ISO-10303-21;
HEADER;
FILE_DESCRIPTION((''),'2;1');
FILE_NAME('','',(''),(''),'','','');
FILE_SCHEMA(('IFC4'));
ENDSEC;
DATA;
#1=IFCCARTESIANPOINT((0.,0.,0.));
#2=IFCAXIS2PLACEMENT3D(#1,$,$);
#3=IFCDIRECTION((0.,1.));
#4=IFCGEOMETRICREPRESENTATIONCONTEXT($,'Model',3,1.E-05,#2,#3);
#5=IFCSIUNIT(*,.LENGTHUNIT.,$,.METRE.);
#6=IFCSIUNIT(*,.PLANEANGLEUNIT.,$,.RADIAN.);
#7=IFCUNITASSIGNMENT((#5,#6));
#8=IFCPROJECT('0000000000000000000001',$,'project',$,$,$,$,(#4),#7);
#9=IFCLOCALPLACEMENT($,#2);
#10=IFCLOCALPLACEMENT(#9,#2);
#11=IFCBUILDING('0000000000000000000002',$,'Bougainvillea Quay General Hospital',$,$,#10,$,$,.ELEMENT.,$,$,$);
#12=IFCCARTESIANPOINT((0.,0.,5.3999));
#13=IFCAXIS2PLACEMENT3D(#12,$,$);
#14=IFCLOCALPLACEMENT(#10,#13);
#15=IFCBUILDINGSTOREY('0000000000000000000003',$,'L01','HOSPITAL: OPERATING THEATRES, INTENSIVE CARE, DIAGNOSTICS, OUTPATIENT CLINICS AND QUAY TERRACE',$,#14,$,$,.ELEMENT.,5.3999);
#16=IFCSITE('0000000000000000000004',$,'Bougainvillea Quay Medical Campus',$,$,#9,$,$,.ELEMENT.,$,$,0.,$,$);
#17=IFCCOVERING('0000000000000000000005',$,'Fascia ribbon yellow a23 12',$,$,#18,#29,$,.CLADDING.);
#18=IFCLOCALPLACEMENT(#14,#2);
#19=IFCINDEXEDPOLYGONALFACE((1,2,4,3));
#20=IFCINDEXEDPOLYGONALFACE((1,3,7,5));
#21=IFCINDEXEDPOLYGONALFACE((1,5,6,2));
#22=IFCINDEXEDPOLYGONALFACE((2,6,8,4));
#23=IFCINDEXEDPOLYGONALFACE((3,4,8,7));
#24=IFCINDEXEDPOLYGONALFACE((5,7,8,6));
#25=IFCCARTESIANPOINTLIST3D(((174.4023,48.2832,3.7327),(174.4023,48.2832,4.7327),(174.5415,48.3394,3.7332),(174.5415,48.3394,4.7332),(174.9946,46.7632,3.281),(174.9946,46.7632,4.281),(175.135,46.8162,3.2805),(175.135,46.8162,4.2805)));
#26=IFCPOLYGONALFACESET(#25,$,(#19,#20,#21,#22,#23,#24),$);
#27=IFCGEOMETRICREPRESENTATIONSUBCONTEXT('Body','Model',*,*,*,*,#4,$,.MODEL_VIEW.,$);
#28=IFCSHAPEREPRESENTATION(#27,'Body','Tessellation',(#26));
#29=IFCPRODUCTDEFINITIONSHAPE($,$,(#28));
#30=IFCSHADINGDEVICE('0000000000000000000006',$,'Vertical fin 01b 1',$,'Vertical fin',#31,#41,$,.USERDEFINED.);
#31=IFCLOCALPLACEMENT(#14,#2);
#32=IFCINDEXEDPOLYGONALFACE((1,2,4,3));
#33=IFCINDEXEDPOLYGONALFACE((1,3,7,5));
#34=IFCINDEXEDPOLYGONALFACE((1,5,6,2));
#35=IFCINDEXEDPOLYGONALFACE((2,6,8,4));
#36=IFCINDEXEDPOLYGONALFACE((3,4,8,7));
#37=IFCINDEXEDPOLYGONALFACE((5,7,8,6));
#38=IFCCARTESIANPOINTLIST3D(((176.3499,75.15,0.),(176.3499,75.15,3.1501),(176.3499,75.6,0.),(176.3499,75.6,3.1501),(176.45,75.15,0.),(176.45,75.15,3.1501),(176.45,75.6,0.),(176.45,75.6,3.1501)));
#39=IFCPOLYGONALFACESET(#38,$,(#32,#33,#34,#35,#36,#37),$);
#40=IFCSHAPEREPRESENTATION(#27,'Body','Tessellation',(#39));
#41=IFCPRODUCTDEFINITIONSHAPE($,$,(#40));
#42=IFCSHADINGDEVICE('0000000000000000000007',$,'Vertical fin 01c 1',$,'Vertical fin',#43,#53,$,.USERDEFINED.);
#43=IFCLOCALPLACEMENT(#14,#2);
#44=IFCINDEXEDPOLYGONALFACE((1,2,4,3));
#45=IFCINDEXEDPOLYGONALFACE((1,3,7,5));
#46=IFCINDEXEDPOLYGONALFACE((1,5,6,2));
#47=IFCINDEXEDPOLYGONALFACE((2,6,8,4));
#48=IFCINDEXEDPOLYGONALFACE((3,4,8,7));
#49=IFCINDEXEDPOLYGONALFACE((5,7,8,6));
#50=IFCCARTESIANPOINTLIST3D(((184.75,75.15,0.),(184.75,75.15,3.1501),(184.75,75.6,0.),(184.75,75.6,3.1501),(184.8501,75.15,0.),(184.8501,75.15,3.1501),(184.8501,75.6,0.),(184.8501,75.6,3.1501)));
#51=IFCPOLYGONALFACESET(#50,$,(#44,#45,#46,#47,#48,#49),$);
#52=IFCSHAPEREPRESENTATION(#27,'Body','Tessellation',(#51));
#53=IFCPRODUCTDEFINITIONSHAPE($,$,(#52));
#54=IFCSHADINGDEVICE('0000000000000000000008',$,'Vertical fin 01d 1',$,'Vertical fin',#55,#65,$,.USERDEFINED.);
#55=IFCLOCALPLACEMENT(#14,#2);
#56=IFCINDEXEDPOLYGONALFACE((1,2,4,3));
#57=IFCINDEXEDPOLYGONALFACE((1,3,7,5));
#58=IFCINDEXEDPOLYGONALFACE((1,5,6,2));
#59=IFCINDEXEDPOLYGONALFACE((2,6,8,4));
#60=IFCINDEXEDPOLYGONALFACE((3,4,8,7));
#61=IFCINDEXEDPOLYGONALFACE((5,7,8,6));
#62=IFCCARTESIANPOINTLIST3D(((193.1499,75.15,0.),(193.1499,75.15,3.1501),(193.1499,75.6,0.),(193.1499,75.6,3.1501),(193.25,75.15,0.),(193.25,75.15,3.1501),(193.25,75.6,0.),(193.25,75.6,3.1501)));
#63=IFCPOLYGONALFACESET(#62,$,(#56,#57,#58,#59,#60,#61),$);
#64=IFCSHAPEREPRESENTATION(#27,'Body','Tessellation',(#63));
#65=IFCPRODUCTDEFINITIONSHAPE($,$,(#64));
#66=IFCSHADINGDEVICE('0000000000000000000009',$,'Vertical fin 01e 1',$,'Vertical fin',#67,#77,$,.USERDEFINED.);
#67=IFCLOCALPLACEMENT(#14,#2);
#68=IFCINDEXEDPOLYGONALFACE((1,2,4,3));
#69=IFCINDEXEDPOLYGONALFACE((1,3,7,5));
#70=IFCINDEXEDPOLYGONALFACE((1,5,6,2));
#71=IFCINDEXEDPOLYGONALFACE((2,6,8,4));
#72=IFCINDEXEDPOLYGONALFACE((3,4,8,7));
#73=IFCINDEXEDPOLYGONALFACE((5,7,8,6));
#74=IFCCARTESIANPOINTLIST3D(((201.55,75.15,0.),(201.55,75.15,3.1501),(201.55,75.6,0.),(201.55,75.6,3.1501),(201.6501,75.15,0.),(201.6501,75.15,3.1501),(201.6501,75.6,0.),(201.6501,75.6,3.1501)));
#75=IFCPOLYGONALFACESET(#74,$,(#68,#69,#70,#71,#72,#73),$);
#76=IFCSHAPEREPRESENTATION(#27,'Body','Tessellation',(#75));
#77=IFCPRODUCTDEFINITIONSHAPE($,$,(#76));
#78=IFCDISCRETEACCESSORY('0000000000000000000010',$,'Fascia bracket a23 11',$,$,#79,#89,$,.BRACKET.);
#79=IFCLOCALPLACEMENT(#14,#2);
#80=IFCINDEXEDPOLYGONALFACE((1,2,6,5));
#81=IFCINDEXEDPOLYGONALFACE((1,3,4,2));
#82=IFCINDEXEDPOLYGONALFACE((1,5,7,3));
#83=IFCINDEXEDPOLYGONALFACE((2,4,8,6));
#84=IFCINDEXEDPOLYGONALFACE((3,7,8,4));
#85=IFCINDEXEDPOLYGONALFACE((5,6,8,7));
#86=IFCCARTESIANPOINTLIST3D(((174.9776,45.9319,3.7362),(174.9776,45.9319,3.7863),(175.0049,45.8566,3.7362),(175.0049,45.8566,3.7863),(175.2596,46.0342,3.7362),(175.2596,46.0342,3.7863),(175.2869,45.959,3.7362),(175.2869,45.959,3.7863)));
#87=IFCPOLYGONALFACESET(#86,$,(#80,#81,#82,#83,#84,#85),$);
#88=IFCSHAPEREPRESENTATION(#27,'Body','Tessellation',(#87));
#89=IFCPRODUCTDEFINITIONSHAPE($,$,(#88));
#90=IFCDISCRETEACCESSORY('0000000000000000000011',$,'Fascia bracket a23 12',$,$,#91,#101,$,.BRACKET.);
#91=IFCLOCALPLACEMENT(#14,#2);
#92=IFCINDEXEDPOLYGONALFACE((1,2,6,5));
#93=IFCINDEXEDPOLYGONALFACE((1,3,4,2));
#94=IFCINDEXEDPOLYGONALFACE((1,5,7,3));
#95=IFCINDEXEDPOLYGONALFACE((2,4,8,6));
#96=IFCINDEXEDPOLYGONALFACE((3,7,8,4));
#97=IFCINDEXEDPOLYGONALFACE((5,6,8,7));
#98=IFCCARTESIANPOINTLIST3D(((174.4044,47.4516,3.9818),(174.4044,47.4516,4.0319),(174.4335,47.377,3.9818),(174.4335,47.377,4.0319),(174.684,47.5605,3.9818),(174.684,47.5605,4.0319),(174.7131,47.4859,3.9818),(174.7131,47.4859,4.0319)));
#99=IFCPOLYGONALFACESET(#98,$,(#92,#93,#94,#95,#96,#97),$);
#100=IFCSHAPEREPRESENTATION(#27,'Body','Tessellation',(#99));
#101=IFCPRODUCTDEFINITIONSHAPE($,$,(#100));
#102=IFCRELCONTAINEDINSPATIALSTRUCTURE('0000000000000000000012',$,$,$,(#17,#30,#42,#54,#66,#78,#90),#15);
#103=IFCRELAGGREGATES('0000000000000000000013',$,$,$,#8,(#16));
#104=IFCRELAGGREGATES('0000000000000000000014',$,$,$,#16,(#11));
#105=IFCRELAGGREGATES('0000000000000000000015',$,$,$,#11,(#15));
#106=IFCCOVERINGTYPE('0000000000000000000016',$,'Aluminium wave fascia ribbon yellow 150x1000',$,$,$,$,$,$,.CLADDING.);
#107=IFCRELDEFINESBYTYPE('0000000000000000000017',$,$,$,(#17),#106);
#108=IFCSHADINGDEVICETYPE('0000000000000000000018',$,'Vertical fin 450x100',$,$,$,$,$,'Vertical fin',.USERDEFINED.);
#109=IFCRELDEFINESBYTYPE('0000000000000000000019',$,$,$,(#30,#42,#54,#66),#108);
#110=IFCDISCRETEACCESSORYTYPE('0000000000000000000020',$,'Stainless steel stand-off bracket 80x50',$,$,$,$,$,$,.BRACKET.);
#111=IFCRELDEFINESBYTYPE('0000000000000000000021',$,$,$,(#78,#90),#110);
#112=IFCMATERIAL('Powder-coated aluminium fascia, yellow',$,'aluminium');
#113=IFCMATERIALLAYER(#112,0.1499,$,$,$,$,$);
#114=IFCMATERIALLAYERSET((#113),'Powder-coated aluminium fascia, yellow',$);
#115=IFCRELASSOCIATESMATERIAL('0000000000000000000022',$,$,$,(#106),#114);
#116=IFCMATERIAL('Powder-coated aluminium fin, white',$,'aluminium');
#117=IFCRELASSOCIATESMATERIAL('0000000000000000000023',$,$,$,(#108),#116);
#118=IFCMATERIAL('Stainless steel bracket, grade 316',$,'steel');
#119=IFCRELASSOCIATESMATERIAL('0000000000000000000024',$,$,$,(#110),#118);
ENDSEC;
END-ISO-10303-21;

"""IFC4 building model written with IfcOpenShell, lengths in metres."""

from ifc_helpers import new_model, si_unit, direction, frame, origin, origin_2d, place, context, subcontext, project, spatial, polyline, rectangle, outline, extrude, material, layer, layer_set, material_profile, profile_set, type_object, element, save


model = new_model("IFC4")

# Units and contexts
model_context = context("Model", 3, precision=1e-05, world=origin(), true_north=direction((0.0, 1.0)))
body_context = subcontext(model_context, "Body", "Model", "MODEL_VIEW")
ifc_project = project(units=[si_unit("LENGTHUNIT", "METRE"), si_unit("PLANEANGLEUNIT", "RADIAN")], contexts=[model_context])

# Site, building, storey
site_placement = place(None, origin())
site = spatial("IfcSite", under=ifc_project, at=site_placement, Name="Bougainvillea Quay Medical Campus", CompositionType="ELEMENT", RefElevation=0.0)
building_placement = place(site_placement, origin())
building = spatial("IfcBuilding", under=site, at=building_placement, Name="Bougainvillea Quay General Hospital", CompositionType="ELEMENT")
storey_placement = place(building_placement, frame((0.0, 0.0, 5.3999)))
storey = spatial("IfcBuildingStorey", under=building, at=storey_placement, Name="L01", Description="HOSPITAL: OPERATING THEATRES, INTENSIVE CARE, DIAGNOSTICS, OUTPATIENT CLINICS AND QUAY TERRACE", CompositionType="ELEMENT", Elevation=5.3999)

# Covering
ifc_material_1 = material(Name="Powder-coated aluminium fascia, yellow", Category="aluminium")
ifc_layer_1 = layer(ifc_material_1, 0.1499)
ifc_layer_set_1 = layer_set([ifc_layer_1], Name="Powder-coated aluminium fascia, yellow")
covering_type = type_object("IfcCoveringType", Name="Aluminium wave fascia ribbon yellow 150x1000", PredefinedType="CLADDING", material=ifc_layer_set_1)
covering_placement = place(storey_placement, frame((174.9946, 46.7632, 3.281), z_axis=(0.097039, -0.248567, 0.963742), x_axis=(-0.349903, 0.897979, 0.266837)))
element("IfcCovering", 1, at=covering_placement, inside=storey, type_object=covering_type, Name="Fascia ribbon yellow a23 12", PredefinedType="CLADDING", context=body_context, shape_type="SweptSolid", body=[
    extrude(outline(polyline([(0.0, 0.0), (1.6927, 0.0), (1.6946, -0.1501), (-0.0017, -0.15), (0.0, 0.0)])), origin(), (0.266837, 0.000164, 0.963742), 1.0),
])

# Shading devices
ifc_material_2 = material(Name="Powder-coated aluminium fin, white", Category="aluminium")
ifc_material_profile_1 = material_profile(ifc_material_2, rectangle(XDim=0.45, YDim=0.1001, at=origin_2d()))
ifc_profile_set_1 = profile_set([ifc_material_profile_1], Name="Powder-coated aluminium fin, white")
shading_device_type = type_object("IfcShadingDeviceType", Name="Vertical fin 450x100", ElementType="Vertical fin", PredefinedType="USERDEFINED", material=ifc_profile_set_1)
for number, where, z_axis, x_axis, name in (
    (2, (176.3999, 75.375, 0.0), (0.0, 0.0, 1.0), (0.0, -1.0, 0.0), "Vertical fin 01b 1"),
    (3, (184.8, 75.375, 0.0), (0.0, 0.0, 1.0), (0.0, -1.0, 0.0), "Vertical fin 01c 1"),
    (4, (193.2, 75.375, 0.0), (0.0, 0.0, 1.0), (0.0, -1.0, 0.0), "Vertical fin 01d 1"),
    (5, (201.6001, 75.375, 0.0), (0.0, 0.0, 1.0), (0.0, -1.0, 0.0), "Vertical fin 01e 1"),
):
    element("IfcShadingDevice", number, at=place(storey_placement, frame(where, z_axis=z_axis, x_axis=x_axis)), inside=storey, type_object=shading_device_type, Name=name, ObjectType="Vertical fin", PredefinedType="USERDEFINED", context=body_context, shape_type="SweptSolid", body=[
        extrude(rectangle(XDim=0.45, YDim=0.1001, at=origin_2d()), origin(), (0.0, 0.0, 1.0), 3.1501),
    ])

# Discrete accessories
ifc_material_3 = material(Name="Stainless steel bracket, grade 316", Category="steel")
ifc_material_profile_2 = material_profile(ifc_material_3, rectangle(XDim=0.0801, YDim=0.05, at=origin_2d()))
ifc_profile_set_2 = profile_set([ifc_material_profile_2], Name="Stainless steel bracket, grade 316")
discrete_accessory_type = type_object("IfcDiscreteAccessoryType", Name="Stainless steel stand-off bracket 80x50", PredefinedType="BRACKET", material=ifc_profile_set_2)
for number, where, z_axis, x_axis, name in (
    (6, (174.9912, 45.8943, 3.7612), (0.940055, 0.341024, 0.0), (-0.341024, 0.940055, 0.0), "Fascia bracket a23 11"),
    (7, (174.4189, 47.4143, 4.0068), (0.931806, 0.362957, 0.0), (-0.362957, 0.931806, 0.0), "Fascia bracket a23 12"),
):
    element("IfcDiscreteAccessory", number, at=place(storey_placement, frame(where, z_axis=z_axis, x_axis=x_axis)), inside=storey, type_object=discrete_accessory_type, Name=name, PredefinedType="BRACKET", context=body_context, shape_type="SweptSolid", body=[
        extrude(rectangle(XDim=0.0801, YDim=0.05, at=origin_2d()), origin(), (0.0, 0.0, 1.0), 0.3),
    ])

save(model, "model.ifc")
